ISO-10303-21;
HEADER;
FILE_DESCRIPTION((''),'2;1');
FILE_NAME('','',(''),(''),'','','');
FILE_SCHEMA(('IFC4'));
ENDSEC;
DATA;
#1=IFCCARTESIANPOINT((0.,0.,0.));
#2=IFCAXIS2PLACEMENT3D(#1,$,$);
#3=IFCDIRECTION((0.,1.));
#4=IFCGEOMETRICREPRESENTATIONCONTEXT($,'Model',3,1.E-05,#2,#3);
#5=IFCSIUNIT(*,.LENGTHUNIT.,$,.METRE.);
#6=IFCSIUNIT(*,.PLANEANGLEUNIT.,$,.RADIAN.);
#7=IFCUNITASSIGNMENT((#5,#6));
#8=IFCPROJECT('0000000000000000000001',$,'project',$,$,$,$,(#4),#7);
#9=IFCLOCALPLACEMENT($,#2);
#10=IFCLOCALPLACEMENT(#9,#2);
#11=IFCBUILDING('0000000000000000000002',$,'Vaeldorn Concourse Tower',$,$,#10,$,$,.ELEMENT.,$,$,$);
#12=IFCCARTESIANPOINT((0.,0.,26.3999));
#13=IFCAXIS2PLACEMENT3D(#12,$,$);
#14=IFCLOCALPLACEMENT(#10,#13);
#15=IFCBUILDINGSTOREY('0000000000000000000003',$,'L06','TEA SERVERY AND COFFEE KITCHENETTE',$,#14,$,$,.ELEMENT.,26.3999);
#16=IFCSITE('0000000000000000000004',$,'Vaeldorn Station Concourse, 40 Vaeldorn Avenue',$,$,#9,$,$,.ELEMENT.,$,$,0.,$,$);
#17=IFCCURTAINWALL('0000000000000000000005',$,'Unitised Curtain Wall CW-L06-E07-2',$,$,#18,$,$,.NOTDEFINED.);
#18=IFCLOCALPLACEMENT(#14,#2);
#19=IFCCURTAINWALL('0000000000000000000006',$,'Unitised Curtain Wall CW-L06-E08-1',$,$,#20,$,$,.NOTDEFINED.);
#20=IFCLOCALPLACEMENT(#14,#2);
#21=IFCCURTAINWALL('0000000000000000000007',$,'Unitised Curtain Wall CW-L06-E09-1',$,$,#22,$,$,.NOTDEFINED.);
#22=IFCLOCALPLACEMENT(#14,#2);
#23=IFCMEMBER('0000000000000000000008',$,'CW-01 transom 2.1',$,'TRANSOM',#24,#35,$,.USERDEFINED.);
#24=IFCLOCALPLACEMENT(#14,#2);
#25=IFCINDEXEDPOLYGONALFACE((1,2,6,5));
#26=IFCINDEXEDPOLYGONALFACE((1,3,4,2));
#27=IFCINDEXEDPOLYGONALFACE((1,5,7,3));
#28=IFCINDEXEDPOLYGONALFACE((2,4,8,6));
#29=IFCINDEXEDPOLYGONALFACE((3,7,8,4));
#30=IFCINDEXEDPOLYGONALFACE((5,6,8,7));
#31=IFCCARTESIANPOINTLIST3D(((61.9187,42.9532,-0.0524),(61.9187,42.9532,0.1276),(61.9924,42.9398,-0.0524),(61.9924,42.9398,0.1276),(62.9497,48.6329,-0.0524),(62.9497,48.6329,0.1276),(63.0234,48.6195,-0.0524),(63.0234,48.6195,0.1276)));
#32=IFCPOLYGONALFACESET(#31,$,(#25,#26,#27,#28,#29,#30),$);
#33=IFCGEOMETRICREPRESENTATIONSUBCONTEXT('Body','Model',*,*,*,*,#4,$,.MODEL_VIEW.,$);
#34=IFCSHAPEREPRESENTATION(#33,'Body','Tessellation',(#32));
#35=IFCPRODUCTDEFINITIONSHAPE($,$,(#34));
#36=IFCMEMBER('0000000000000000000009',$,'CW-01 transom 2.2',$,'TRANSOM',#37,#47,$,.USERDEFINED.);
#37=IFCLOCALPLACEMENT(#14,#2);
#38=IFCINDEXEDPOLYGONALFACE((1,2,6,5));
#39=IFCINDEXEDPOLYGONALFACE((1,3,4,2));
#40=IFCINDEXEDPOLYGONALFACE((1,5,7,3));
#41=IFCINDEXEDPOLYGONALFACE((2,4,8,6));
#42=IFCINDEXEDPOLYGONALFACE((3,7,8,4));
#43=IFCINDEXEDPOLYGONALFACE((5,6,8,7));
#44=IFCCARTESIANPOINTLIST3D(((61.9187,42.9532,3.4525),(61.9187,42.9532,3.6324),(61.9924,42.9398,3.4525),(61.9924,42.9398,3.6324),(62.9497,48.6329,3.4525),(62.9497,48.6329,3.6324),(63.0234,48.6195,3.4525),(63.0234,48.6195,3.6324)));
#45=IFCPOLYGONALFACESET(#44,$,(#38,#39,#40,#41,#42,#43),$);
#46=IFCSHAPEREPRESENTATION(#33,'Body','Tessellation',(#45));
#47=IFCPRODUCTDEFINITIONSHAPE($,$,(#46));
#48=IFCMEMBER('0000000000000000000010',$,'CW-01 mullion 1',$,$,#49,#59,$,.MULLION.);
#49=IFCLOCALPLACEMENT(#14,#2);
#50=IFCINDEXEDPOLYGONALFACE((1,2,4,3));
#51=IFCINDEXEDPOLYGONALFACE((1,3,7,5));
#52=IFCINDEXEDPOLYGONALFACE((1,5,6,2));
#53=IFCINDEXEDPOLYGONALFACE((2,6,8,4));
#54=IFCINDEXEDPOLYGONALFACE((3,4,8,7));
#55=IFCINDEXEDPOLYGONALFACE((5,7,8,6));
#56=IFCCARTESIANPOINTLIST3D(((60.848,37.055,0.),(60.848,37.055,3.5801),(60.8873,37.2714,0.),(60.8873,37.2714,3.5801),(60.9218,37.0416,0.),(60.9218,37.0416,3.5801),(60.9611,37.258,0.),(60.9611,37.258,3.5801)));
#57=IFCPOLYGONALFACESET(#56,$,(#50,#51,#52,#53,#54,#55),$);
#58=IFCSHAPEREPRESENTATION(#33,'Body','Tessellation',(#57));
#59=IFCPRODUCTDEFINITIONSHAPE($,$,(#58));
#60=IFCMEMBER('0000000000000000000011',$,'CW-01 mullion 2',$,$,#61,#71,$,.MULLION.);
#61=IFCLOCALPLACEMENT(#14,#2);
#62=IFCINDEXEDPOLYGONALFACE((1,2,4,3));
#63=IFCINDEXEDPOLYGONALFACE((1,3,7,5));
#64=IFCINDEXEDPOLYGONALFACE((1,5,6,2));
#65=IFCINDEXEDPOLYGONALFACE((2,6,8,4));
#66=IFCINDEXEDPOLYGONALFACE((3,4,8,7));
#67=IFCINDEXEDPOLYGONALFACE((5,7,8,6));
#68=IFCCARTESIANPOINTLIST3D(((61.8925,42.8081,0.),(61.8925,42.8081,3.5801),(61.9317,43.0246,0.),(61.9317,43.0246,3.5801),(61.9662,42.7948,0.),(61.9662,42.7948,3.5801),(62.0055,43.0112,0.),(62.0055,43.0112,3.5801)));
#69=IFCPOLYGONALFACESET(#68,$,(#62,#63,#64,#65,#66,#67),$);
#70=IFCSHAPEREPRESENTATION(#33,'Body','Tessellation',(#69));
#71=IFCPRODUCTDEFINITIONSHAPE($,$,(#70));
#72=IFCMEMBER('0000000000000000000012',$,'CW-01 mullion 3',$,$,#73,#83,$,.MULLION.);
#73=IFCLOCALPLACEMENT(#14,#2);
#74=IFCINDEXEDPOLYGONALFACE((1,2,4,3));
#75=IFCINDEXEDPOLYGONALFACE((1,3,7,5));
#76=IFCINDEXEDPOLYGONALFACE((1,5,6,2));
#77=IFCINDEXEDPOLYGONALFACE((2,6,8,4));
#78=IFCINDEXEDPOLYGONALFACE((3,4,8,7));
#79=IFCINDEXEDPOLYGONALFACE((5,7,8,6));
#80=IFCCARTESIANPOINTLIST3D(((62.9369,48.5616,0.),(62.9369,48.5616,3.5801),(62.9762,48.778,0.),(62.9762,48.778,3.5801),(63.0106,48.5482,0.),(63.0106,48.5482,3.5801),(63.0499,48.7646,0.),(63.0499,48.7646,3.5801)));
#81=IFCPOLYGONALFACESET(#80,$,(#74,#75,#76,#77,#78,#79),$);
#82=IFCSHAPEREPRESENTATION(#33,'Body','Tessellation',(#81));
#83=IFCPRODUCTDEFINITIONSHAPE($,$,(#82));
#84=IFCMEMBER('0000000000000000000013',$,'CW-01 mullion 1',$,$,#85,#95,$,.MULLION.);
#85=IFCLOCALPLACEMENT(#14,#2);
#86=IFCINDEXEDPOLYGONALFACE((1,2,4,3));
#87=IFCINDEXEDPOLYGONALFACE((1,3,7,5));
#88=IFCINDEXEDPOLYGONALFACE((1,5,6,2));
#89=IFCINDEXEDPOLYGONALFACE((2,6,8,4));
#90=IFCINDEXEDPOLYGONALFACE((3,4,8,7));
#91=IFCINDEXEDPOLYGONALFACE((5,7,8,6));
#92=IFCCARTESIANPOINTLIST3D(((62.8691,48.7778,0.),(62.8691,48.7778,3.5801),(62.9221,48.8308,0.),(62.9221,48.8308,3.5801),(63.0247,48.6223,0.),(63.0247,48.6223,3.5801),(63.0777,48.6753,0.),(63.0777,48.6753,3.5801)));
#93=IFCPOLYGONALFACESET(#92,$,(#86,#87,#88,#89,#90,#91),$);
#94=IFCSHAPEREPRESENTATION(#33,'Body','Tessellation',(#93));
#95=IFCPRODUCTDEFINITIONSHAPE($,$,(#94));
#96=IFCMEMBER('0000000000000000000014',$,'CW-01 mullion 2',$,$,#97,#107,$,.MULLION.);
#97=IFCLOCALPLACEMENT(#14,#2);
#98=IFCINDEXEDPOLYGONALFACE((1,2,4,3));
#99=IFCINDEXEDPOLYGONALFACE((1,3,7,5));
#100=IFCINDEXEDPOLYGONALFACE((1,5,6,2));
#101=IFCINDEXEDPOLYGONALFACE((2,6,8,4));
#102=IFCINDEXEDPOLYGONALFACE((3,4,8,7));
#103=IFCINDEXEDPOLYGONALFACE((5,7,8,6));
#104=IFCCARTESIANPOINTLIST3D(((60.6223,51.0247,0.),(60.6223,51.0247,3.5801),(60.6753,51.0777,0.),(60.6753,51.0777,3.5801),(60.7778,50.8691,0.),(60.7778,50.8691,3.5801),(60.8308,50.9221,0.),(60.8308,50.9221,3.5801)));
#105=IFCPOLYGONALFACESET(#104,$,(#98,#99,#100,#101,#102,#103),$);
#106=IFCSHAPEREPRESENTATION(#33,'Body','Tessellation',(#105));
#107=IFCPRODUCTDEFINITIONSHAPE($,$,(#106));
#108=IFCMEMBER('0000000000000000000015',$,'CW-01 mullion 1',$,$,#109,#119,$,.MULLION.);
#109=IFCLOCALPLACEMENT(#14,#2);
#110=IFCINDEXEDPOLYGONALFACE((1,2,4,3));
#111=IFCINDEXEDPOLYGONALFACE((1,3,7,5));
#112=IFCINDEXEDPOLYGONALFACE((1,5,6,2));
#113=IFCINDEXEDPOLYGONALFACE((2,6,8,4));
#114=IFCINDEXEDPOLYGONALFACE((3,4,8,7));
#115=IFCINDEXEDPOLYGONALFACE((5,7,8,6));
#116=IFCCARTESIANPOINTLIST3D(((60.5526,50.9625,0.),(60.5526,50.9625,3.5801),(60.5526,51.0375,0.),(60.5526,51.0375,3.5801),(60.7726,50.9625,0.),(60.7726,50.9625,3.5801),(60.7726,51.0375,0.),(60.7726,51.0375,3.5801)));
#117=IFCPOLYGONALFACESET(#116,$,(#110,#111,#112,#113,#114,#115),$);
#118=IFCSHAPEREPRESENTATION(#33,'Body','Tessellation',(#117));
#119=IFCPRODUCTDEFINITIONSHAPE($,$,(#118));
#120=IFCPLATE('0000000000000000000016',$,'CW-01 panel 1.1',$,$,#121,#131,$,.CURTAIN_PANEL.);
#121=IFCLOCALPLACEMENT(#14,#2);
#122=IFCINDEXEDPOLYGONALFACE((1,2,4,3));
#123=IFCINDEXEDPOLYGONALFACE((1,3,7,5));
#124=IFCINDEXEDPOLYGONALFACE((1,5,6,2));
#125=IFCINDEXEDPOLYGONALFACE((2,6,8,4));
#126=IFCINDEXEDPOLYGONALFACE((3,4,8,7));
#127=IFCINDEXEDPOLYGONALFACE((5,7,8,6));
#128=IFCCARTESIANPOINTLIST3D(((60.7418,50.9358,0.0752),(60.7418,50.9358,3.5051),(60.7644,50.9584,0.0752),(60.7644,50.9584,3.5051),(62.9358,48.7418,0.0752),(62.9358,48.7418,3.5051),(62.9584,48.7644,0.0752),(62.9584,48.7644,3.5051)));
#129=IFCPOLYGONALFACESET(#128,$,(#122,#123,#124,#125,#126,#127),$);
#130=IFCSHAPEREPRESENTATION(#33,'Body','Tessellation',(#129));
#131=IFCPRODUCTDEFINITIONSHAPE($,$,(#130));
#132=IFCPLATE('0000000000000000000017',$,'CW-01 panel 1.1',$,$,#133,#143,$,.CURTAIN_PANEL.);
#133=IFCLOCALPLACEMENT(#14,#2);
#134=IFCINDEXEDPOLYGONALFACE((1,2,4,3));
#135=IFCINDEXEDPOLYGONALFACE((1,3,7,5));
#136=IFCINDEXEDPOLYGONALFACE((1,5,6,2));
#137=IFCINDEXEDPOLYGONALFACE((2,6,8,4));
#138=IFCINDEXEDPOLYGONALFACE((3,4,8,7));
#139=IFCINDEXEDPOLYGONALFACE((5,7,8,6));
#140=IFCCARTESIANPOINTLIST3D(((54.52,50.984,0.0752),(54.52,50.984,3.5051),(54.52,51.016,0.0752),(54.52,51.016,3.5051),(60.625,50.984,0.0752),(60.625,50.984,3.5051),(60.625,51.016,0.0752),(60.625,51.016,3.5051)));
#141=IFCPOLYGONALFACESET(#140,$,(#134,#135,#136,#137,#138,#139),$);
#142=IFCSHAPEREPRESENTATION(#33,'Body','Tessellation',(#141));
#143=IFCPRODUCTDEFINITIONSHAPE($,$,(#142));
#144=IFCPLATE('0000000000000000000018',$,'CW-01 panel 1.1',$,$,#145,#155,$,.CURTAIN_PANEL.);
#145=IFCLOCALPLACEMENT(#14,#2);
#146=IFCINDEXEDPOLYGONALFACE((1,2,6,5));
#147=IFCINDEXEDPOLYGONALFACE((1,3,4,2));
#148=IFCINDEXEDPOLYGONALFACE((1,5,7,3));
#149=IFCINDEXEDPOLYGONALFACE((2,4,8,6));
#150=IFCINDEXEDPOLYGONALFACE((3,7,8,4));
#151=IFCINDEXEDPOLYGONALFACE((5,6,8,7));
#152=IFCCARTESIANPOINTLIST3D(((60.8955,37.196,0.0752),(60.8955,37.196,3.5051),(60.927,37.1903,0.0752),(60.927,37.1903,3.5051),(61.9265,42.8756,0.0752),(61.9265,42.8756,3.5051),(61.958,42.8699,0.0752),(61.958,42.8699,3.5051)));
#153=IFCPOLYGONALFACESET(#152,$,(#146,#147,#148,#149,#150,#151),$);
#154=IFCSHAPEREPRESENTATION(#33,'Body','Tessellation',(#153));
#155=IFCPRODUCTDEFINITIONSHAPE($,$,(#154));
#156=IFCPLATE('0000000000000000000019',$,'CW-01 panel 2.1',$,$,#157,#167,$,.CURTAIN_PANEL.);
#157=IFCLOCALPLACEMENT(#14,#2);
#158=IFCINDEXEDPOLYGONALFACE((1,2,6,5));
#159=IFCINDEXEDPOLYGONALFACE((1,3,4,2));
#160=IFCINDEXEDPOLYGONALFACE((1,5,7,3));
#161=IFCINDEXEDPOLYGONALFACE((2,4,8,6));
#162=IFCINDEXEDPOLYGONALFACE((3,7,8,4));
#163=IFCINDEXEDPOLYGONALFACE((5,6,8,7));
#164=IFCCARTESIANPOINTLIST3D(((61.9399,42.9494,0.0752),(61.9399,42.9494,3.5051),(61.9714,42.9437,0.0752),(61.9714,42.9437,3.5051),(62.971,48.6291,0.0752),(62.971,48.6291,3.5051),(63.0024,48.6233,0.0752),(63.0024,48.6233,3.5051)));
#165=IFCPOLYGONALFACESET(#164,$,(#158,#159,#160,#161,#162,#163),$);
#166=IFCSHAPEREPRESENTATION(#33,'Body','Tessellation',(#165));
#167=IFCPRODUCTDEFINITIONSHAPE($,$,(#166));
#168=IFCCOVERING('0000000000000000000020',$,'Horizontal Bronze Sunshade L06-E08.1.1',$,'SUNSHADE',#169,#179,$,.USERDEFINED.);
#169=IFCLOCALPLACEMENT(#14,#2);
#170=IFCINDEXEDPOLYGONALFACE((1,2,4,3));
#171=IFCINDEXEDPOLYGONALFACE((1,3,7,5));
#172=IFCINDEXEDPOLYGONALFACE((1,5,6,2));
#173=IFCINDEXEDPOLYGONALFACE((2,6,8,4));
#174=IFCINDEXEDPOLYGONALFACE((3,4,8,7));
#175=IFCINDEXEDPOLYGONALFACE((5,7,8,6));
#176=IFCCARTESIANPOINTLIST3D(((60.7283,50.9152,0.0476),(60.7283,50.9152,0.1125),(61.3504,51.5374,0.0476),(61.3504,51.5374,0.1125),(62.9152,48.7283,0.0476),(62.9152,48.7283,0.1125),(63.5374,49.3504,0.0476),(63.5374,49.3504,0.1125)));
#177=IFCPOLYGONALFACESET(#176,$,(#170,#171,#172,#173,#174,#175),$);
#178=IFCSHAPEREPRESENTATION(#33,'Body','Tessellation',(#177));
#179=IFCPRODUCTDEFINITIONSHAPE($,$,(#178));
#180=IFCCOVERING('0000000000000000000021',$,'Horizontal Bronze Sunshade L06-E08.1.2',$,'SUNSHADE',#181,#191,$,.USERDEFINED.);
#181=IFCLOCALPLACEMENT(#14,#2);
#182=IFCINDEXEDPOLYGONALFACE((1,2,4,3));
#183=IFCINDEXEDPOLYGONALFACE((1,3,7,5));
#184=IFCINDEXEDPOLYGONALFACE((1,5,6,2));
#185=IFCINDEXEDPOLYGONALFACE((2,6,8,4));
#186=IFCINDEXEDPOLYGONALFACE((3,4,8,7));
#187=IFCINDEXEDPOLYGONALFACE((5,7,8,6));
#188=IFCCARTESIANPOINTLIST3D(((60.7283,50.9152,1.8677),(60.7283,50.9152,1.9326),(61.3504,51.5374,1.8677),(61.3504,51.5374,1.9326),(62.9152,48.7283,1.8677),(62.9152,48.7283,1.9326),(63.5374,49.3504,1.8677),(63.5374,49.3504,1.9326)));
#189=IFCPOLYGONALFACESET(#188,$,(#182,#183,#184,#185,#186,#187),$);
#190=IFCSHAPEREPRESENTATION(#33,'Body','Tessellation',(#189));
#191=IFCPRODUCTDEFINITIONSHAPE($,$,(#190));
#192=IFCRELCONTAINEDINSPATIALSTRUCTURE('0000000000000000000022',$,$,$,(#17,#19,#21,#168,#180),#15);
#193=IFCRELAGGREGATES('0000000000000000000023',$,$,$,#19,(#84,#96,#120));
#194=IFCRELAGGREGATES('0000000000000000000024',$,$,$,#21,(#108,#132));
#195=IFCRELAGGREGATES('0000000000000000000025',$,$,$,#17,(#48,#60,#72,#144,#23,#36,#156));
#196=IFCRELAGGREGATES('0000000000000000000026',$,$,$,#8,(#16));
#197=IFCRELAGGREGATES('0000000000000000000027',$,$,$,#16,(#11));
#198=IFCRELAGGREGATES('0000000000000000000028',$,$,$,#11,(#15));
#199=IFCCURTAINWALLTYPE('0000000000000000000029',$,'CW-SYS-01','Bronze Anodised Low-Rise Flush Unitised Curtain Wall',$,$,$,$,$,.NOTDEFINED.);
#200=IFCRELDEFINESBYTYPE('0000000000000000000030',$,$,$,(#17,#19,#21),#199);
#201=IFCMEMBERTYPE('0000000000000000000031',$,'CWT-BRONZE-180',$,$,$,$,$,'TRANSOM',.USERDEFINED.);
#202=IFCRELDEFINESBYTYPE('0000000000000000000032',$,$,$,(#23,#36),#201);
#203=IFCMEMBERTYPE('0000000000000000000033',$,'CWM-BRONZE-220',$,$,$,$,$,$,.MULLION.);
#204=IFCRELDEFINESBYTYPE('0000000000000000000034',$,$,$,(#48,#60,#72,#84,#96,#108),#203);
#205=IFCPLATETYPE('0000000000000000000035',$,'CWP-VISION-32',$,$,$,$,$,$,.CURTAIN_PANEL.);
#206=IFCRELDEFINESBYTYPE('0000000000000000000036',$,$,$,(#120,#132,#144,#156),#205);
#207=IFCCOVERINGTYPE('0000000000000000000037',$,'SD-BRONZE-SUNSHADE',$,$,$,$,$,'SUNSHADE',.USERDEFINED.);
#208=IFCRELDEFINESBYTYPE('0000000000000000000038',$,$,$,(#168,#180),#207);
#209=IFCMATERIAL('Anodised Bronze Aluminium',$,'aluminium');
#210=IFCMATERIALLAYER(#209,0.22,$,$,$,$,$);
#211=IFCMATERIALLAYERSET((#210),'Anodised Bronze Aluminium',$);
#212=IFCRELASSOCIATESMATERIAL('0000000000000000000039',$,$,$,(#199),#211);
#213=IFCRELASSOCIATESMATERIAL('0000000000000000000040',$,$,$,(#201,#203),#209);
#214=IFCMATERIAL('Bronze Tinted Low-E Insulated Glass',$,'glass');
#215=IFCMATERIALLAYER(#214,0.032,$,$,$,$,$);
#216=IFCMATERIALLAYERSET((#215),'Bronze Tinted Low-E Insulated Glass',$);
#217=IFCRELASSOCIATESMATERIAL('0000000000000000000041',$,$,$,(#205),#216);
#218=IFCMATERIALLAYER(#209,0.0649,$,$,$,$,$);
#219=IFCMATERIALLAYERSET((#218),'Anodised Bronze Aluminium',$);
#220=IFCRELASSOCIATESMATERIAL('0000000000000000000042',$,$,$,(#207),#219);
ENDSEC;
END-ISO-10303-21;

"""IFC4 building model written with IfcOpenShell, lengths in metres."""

from ifc_helpers import new_model, si_unit, direction, frame, origin, origin_2d, place, context, subcontext, project, spatial, rectangle, extrude, source, transform, mapped, material, layer, layer_set, material_profile, profile_set, type_object, element, aggregate, save


model = new_model("IFC4")

# Units and contexts
model_context = context("Model", 3, precision=1e-05, world=origin(), true_north=direction((0.0, 1.0)))
body_context = subcontext(model_context, "Body", "Model", "MODEL_VIEW")
ifc_project = project(units=[si_unit("LENGTHUNIT", "METRE"), si_unit("PLANEANGLEUNIT", "RADIAN")], contexts=[model_context])

# Site, building, storey
site_placement = place(None, origin())
site = spatial("IfcSite", under=ifc_project, at=site_placement, Name="Vaeldorn Station Concourse, 40 Vaeldorn Avenue", CompositionType="ELEMENT", RefElevation=0.0)
building_placement = place(site_placement, origin())
building = spatial("IfcBuilding", under=site, at=building_placement, Name="Vaeldorn Concourse Tower", CompositionType="ELEMENT")
storey_placement = place(building_placement, frame((0.0, 0.0, 26.3999)))
storey = spatial("IfcBuildingStorey", under=building, at=storey_placement, Name="L06", Description="TEA SERVERY AND COFFEE KITCHENETTE", CompositionType="ELEMENT", Elevation=26.3999)

# Curtain walls
ifc_material_1 = material(Name="Anodised Bronze Aluminium", Category="aluminium")
ifc_layer_1 = layer(ifc_material_1, 0.22)
ifc_layer_set_1 = layer_set([ifc_layer_1], Name="Anodised Bronze Aluminium")
curtain_wall_type = type_object("IfcCurtainWallType", Name="CW-SYS-01", Description="Bronze Anodised Low-Rise Flush Unitised Curtain Wall", PredefinedType="NOTDEFINED", material=ifc_layer_set_1)
curtain_wall_1_placement = place(storey_placement, origin())
curtain_wall_1 = element("IfcCurtainWall", 1, at=curtain_wall_1_placement, inside=storey, type_object=curtain_wall_type, Name="Unitised Curtain Wall CW-L06-E07-2", PredefinedType="NOTDEFINED")
ifc_material_profile_1 = material_profile(ifc_material_1, rectangle(XDim=0.075, YDim=0.1799, at=origin_2d()), Name="CWT 75x180")
ifc_profile_set_1 = profile_set([ifc_material_profile_1], Name="Anodised Bronze Aluminium")
member_type_1 = type_object("IfcMemberType", Name="CWT-BRONZE-180", ElementType="TRANSOM", PredefinedType="USERDEFINED", material=ifc_profile_set_1)
curtain_wall_2_placement = place(storey_placement, origin())
curtain_wall_2 = element("IfcCurtainWall", 2, at=curtain_wall_2_placement, inside=storey, type_object=curtain_wall_type, Name="Unitised Curtain Wall CW-L06-E08-1", PredefinedType="NOTDEFINED")
curtain_wall_3_placement = place(storey_placement, origin())
curtain_wall_3 = element("IfcCurtainWall", 3, at=curtain_wall_3_placement, inside=storey, type_object=curtain_wall_type, Name="Unitised Curtain Wall CW-L06-E09-1", PredefinedType="NOTDEFINED")

# Members
shared_shape_1 = source(origin(), body_context, "Body", "SweptSolid", [
    extrude(rectangle(XDim=0.075, YDim=0.1799, at=origin_2d()), origin(), (0.0, 0.0, 1.0), 5.7725),
])
member_1_placement = place(storey_placement, frame((61.9556, 42.9465, 0.0376), z_axis=(0.178606, 0.983921, 0.0), x_axis=(-0.983921, 0.178606, 0.0)))
member_1 = element("IfcMember", 4, at=member_1_placement, type_object=member_type_1, Name="CW-01 transom 2.1", ObjectType="TRANSOM", PredefinedType="USERDEFINED", context=body_context, shape_type="MappedRepresentation", body=[
    mapped(shared_shape_1, transform((0.0, 0.0, 0.0), scale=1.0)),
])
member_2_placement = place(storey_placement, frame((61.9556, 42.9465, 3.5425), z_axis=(0.178606, 0.983921, 0.0), x_axis=(-0.983921, 0.178606, 0.0)))
member_2 = element("IfcMember", 5, at=member_2_placement, type_object=member_type_1, Name="CW-01 transom 2.2", ObjectType="TRANSOM", PredefinedType="USERDEFINED", context=body_context, shape_type="MappedRepresentation", body=[
    mapped(shared_shape_1, transform((0.0, 0.0, 0.0), scale=1.0)),
])
ifc_material_profile_2 = material_profile(ifc_material_1, rectangle(XDim=0.075, YDim=0.22, at=origin_2d()), Name="CWM 75x220")
ifc_profile_set_2 = profile_set([ifc_material_profile_2], Name="Anodised Bronze Aluminium")
member_type_2 = type_object("IfcMemberType", Name="CWM-BRONZE-220", PredefinedType="MULLION", material=ifc_profile_set_2)
shared_shape_2 = source(origin(), body_context, "Body", "SweptSolid", [
    extrude(rectangle(XDim=0.075, YDim=0.22, at=origin_2d()), origin(), (0.0, 0.0, 1.0), 3.5801),
])
member_3_placement = place(storey_placement, frame((60.9045, 37.1565, 0.0), z_axis=(0.0, 0.0, 1.0), x_axis=(-0.98392, 0.17861, 0.0)))
member_3 = element("IfcMember", 6, at=member_3_placement, type_object=member_type_2, Name="CW-01 mullion 1", PredefinedType="MULLION", context=body_context, shape_type="MappedRepresentation", body=[
    mapped(shared_shape_2, transform((0.0, 0.0, 0.0), scale=1.0)),
])
member_4_placement = place(storey_placement, frame((61.949, 42.9097, 0.0), z_axis=(0.0, 0.0, 1.0), x_axis=(-0.98392, 0.17861, 0.0)))
member_4 = element("IfcMember", 7, at=member_4_placement, type_object=member_type_2, Name="CW-01 mullion 2", PredefinedType="MULLION", context=body_context, shape_type="MappedRepresentation", body=[
    mapped(shared_shape_2, transform((0.0, 0.0, 0.0), scale=1.0)),
])
member_5_placement = place(storey_placement, frame((62.9934, 48.6631, 0.0), z_axis=(0.0, 0.0, 1.0), x_axis=(-0.98392, 0.17861, 0.0)))
member_5 = element("IfcMember", 8, at=member_5_placement, type_object=member_type_2, Name="CW-01 mullion 3", PredefinedType="MULLION", context=body_context, shape_type="MappedRepresentation", body=[
    mapped(shared_shape_2, transform((0.0, 0.0, 0.0), scale=1.0)),
])
member_6_placement = place(storey_placement, frame((62.9734, 48.7266, 0.0), z_axis=(0.0, 0.0, 1.0), x_axis=(-0.707107, -0.707107, 0.0)))
member_6 = element("IfcMember", 9, at=member_6_placement, type_object=member_type_2, Name="CW-01 mullion 1", PredefinedType="MULLION", context=body_context, shape_type="MappedRepresentation", body=[
    mapped(shared_shape_2, transform((0.0, 0.0, 0.0), scale=1.0)),
])
member_7_placement = place(storey_placement, frame((60.7266, 50.9734, 0.0), z_axis=(0.0, 0.0, 1.0), x_axis=(-0.707107, -0.707107, 0.0)))
member_7 = element("IfcMember", 10, at=member_7_placement, type_object=member_type_2, Name="CW-01 mullion 2", PredefinedType="MULLION", context=body_context, shape_type="MappedRepresentation", body=[
    mapped(shared_shape_2, transform((0.0, 0.0, 0.0), scale=1.0)),
])
member_8_placement = place(storey_placement, frame((60.6626, 51.0, 0.0), z_axis=(0.0, 0.0, 1.0), x_axis=(0.0, -1.0, 0.0)))
member_8 = element("IfcMember", 11, at=member_8_placement, type_object=member_type_2, Name="CW-01 mullion 1", PredefinedType="MULLION", context=body_context, shape_type="MappedRepresentation", body=[
    mapped(shared_shape_2, transform((0.0, 0.0, 0.0), scale=1.0)),
])

# Plates
ifc_material_2 = material(Name="Bronze Tinted Low-E Insulated Glass", Category="glass")
ifc_layer_2 = layer(ifc_material_2, 0.032)
ifc_layer_set_2 = layer_set([ifc_layer_2], Name="Bronze Tinted Low-E Insulated Glass")
plate_type = type_object("IfcPlateType", Name="CWP-VISION-32", PredefinedType="CURTAIN_PANEL", material=ifc_layer_set_2)
shared_shape_3 = source(origin(), body_context, "Body", "SweptSolid", [
    extrude(rectangle(XDim=3.1028, YDim=0.032, at=origin_2d()), origin(), (0.0, 0.0, 1.0), 3.4299),
])
plate_1_placement = place(storey_placement, frame((61.8501, 49.8501, 0.0752), z_axis=(0.0, 0.0, 1.0), x_axis=(-0.707107, 0.707107, 0.0)))
plate_1 = element("IfcPlate", 12, at=plate_1_placement, type_object=plate_type, Name="CW-01 panel 1.1", PredefinedType="CURTAIN_PANEL", context=body_context, shape_type="MappedRepresentation", body=[
    mapped(shared_shape_3, transform((0.0, 0.0, 0.0), scale=1.0)),
])
aggregate(curtain_wall_2, [member_6, member_7, plate_1])
shared_shape_4 = source(origin(), body_context, "Body", "SweptSolid", [
    extrude(rectangle(XDim=6.105, YDim=0.032, at=origin_2d()), origin(), (0.0, 0.0, 1.0), 3.4299),
])
plate_2_placement = place(storey_placement, frame((57.5725, 51.0, 0.0752), z_axis=(0.0, 0.0, 1.0), x_axis=(-1.0, 0.0, 0.0)))
plate_2 = element("IfcPlate", 13, at=plate_2_placement, type_object=plate_type, Name="CW-01 panel 1.1", PredefinedType="CURTAIN_PANEL", context=body_context, shape_type="MappedRepresentation", body=[
    mapped(shared_shape_4, transform((0.0, 0.0, 0.0), scale=1.0)),
])
aggregate(curtain_wall_3, [member_8, plate_2])
shared_shape_5 = source(origin(), body_context, "Body", "SweptSolid", [
    extrude(rectangle(XDim=5.7725, YDim=0.032, at=origin_2d()), origin(), (0.0, 0.0, 1.0), 3.4299),
])
plate_3_placement = place(storey_placement, frame((61.4268, 40.033, 0.0752), z_axis=(0.0, 0.0, 1.0), x_axis=(0.17861, 0.98392, 0.0)))
plate_3 = element("IfcPlate", 14, at=plate_3_placement, type_object=plate_type, Name="CW-01 panel 1.1", PredefinedType="CURTAIN_PANEL", context=body_context, shape_type="MappedRepresentation", body=[
    mapped(shared_shape_5, transform((0.0, 0.0, 0.0), scale=1.0)),
])
plate_4_placement = place(storey_placement, frame((62.4712, 45.7864, 0.0752), z_axis=(0.0, 0.0, 1.0), x_axis=(0.17861, 0.98392, 0.0)))
plate_4 = element("IfcPlate", 15, at=plate_4_placement, type_object=plate_type, Name="CW-01 panel 2.1", PredefinedType="CURTAIN_PANEL", context=body_context, shape_type="MappedRepresentation", body=[
    mapped(shared_shape_5, transform((0.0, 0.0, 0.0), scale=1.0)),
])
aggregate(curtain_wall_1, [member_3, member_4, member_5, plate_3, member_1, member_2, plate_4])

# Coverings
ifc_layer_3 = layer(ifc_material_1, 0.0649)
ifc_layer_set_3 = layer_set([ifc_layer_3], Name="Anodised Bronze Aluminium")
covering_type = type_object("IfcCoveringType", Name="SD-BRONZE-SUNSHADE", ElementType="SUNSHADE", PredefinedType="USERDEFINED", material=ifc_layer_set_3)
shared_shape_6 = source(origin(), body_context, "Body", "SweptSolid", [
    extrude(rectangle(XDim=3.0928, YDim=0.8799, at=origin_2d()), origin(), (0.0, 0.0, 1.0), 0.0649),
])
for number, where, z_axis, x_axis, name in (
    (16, (62.1328, 50.1328, 0.0476), (0.0, 0.0, 1.0), (-0.707107, 0.707107, 0.0), "Horizontal Bronze Sunshade L06-E08.1.1"),
    (17, (62.1328, 50.1328, 1.8677), (0.0, 0.0, 1.0), (-0.707107, 0.707107, 0.0), "Horizontal Bronze Sunshade L06-E08.1.2"),
):
    element("IfcCovering", number, at=place(storey_placement, frame(where, z_axis=z_axis, x_axis=x_axis)), inside=storey, type_object=covering_type, Name=name, ObjectType="SUNSHADE", PredefinedType="USERDEFINED", context=body_context, shape_type="MappedRepresentation", body=[
        mapped(shared_shape_6, transform((0.0, 0.0, 0.0), scale=1.0)),
    ])

save(model, "model.ifc")
